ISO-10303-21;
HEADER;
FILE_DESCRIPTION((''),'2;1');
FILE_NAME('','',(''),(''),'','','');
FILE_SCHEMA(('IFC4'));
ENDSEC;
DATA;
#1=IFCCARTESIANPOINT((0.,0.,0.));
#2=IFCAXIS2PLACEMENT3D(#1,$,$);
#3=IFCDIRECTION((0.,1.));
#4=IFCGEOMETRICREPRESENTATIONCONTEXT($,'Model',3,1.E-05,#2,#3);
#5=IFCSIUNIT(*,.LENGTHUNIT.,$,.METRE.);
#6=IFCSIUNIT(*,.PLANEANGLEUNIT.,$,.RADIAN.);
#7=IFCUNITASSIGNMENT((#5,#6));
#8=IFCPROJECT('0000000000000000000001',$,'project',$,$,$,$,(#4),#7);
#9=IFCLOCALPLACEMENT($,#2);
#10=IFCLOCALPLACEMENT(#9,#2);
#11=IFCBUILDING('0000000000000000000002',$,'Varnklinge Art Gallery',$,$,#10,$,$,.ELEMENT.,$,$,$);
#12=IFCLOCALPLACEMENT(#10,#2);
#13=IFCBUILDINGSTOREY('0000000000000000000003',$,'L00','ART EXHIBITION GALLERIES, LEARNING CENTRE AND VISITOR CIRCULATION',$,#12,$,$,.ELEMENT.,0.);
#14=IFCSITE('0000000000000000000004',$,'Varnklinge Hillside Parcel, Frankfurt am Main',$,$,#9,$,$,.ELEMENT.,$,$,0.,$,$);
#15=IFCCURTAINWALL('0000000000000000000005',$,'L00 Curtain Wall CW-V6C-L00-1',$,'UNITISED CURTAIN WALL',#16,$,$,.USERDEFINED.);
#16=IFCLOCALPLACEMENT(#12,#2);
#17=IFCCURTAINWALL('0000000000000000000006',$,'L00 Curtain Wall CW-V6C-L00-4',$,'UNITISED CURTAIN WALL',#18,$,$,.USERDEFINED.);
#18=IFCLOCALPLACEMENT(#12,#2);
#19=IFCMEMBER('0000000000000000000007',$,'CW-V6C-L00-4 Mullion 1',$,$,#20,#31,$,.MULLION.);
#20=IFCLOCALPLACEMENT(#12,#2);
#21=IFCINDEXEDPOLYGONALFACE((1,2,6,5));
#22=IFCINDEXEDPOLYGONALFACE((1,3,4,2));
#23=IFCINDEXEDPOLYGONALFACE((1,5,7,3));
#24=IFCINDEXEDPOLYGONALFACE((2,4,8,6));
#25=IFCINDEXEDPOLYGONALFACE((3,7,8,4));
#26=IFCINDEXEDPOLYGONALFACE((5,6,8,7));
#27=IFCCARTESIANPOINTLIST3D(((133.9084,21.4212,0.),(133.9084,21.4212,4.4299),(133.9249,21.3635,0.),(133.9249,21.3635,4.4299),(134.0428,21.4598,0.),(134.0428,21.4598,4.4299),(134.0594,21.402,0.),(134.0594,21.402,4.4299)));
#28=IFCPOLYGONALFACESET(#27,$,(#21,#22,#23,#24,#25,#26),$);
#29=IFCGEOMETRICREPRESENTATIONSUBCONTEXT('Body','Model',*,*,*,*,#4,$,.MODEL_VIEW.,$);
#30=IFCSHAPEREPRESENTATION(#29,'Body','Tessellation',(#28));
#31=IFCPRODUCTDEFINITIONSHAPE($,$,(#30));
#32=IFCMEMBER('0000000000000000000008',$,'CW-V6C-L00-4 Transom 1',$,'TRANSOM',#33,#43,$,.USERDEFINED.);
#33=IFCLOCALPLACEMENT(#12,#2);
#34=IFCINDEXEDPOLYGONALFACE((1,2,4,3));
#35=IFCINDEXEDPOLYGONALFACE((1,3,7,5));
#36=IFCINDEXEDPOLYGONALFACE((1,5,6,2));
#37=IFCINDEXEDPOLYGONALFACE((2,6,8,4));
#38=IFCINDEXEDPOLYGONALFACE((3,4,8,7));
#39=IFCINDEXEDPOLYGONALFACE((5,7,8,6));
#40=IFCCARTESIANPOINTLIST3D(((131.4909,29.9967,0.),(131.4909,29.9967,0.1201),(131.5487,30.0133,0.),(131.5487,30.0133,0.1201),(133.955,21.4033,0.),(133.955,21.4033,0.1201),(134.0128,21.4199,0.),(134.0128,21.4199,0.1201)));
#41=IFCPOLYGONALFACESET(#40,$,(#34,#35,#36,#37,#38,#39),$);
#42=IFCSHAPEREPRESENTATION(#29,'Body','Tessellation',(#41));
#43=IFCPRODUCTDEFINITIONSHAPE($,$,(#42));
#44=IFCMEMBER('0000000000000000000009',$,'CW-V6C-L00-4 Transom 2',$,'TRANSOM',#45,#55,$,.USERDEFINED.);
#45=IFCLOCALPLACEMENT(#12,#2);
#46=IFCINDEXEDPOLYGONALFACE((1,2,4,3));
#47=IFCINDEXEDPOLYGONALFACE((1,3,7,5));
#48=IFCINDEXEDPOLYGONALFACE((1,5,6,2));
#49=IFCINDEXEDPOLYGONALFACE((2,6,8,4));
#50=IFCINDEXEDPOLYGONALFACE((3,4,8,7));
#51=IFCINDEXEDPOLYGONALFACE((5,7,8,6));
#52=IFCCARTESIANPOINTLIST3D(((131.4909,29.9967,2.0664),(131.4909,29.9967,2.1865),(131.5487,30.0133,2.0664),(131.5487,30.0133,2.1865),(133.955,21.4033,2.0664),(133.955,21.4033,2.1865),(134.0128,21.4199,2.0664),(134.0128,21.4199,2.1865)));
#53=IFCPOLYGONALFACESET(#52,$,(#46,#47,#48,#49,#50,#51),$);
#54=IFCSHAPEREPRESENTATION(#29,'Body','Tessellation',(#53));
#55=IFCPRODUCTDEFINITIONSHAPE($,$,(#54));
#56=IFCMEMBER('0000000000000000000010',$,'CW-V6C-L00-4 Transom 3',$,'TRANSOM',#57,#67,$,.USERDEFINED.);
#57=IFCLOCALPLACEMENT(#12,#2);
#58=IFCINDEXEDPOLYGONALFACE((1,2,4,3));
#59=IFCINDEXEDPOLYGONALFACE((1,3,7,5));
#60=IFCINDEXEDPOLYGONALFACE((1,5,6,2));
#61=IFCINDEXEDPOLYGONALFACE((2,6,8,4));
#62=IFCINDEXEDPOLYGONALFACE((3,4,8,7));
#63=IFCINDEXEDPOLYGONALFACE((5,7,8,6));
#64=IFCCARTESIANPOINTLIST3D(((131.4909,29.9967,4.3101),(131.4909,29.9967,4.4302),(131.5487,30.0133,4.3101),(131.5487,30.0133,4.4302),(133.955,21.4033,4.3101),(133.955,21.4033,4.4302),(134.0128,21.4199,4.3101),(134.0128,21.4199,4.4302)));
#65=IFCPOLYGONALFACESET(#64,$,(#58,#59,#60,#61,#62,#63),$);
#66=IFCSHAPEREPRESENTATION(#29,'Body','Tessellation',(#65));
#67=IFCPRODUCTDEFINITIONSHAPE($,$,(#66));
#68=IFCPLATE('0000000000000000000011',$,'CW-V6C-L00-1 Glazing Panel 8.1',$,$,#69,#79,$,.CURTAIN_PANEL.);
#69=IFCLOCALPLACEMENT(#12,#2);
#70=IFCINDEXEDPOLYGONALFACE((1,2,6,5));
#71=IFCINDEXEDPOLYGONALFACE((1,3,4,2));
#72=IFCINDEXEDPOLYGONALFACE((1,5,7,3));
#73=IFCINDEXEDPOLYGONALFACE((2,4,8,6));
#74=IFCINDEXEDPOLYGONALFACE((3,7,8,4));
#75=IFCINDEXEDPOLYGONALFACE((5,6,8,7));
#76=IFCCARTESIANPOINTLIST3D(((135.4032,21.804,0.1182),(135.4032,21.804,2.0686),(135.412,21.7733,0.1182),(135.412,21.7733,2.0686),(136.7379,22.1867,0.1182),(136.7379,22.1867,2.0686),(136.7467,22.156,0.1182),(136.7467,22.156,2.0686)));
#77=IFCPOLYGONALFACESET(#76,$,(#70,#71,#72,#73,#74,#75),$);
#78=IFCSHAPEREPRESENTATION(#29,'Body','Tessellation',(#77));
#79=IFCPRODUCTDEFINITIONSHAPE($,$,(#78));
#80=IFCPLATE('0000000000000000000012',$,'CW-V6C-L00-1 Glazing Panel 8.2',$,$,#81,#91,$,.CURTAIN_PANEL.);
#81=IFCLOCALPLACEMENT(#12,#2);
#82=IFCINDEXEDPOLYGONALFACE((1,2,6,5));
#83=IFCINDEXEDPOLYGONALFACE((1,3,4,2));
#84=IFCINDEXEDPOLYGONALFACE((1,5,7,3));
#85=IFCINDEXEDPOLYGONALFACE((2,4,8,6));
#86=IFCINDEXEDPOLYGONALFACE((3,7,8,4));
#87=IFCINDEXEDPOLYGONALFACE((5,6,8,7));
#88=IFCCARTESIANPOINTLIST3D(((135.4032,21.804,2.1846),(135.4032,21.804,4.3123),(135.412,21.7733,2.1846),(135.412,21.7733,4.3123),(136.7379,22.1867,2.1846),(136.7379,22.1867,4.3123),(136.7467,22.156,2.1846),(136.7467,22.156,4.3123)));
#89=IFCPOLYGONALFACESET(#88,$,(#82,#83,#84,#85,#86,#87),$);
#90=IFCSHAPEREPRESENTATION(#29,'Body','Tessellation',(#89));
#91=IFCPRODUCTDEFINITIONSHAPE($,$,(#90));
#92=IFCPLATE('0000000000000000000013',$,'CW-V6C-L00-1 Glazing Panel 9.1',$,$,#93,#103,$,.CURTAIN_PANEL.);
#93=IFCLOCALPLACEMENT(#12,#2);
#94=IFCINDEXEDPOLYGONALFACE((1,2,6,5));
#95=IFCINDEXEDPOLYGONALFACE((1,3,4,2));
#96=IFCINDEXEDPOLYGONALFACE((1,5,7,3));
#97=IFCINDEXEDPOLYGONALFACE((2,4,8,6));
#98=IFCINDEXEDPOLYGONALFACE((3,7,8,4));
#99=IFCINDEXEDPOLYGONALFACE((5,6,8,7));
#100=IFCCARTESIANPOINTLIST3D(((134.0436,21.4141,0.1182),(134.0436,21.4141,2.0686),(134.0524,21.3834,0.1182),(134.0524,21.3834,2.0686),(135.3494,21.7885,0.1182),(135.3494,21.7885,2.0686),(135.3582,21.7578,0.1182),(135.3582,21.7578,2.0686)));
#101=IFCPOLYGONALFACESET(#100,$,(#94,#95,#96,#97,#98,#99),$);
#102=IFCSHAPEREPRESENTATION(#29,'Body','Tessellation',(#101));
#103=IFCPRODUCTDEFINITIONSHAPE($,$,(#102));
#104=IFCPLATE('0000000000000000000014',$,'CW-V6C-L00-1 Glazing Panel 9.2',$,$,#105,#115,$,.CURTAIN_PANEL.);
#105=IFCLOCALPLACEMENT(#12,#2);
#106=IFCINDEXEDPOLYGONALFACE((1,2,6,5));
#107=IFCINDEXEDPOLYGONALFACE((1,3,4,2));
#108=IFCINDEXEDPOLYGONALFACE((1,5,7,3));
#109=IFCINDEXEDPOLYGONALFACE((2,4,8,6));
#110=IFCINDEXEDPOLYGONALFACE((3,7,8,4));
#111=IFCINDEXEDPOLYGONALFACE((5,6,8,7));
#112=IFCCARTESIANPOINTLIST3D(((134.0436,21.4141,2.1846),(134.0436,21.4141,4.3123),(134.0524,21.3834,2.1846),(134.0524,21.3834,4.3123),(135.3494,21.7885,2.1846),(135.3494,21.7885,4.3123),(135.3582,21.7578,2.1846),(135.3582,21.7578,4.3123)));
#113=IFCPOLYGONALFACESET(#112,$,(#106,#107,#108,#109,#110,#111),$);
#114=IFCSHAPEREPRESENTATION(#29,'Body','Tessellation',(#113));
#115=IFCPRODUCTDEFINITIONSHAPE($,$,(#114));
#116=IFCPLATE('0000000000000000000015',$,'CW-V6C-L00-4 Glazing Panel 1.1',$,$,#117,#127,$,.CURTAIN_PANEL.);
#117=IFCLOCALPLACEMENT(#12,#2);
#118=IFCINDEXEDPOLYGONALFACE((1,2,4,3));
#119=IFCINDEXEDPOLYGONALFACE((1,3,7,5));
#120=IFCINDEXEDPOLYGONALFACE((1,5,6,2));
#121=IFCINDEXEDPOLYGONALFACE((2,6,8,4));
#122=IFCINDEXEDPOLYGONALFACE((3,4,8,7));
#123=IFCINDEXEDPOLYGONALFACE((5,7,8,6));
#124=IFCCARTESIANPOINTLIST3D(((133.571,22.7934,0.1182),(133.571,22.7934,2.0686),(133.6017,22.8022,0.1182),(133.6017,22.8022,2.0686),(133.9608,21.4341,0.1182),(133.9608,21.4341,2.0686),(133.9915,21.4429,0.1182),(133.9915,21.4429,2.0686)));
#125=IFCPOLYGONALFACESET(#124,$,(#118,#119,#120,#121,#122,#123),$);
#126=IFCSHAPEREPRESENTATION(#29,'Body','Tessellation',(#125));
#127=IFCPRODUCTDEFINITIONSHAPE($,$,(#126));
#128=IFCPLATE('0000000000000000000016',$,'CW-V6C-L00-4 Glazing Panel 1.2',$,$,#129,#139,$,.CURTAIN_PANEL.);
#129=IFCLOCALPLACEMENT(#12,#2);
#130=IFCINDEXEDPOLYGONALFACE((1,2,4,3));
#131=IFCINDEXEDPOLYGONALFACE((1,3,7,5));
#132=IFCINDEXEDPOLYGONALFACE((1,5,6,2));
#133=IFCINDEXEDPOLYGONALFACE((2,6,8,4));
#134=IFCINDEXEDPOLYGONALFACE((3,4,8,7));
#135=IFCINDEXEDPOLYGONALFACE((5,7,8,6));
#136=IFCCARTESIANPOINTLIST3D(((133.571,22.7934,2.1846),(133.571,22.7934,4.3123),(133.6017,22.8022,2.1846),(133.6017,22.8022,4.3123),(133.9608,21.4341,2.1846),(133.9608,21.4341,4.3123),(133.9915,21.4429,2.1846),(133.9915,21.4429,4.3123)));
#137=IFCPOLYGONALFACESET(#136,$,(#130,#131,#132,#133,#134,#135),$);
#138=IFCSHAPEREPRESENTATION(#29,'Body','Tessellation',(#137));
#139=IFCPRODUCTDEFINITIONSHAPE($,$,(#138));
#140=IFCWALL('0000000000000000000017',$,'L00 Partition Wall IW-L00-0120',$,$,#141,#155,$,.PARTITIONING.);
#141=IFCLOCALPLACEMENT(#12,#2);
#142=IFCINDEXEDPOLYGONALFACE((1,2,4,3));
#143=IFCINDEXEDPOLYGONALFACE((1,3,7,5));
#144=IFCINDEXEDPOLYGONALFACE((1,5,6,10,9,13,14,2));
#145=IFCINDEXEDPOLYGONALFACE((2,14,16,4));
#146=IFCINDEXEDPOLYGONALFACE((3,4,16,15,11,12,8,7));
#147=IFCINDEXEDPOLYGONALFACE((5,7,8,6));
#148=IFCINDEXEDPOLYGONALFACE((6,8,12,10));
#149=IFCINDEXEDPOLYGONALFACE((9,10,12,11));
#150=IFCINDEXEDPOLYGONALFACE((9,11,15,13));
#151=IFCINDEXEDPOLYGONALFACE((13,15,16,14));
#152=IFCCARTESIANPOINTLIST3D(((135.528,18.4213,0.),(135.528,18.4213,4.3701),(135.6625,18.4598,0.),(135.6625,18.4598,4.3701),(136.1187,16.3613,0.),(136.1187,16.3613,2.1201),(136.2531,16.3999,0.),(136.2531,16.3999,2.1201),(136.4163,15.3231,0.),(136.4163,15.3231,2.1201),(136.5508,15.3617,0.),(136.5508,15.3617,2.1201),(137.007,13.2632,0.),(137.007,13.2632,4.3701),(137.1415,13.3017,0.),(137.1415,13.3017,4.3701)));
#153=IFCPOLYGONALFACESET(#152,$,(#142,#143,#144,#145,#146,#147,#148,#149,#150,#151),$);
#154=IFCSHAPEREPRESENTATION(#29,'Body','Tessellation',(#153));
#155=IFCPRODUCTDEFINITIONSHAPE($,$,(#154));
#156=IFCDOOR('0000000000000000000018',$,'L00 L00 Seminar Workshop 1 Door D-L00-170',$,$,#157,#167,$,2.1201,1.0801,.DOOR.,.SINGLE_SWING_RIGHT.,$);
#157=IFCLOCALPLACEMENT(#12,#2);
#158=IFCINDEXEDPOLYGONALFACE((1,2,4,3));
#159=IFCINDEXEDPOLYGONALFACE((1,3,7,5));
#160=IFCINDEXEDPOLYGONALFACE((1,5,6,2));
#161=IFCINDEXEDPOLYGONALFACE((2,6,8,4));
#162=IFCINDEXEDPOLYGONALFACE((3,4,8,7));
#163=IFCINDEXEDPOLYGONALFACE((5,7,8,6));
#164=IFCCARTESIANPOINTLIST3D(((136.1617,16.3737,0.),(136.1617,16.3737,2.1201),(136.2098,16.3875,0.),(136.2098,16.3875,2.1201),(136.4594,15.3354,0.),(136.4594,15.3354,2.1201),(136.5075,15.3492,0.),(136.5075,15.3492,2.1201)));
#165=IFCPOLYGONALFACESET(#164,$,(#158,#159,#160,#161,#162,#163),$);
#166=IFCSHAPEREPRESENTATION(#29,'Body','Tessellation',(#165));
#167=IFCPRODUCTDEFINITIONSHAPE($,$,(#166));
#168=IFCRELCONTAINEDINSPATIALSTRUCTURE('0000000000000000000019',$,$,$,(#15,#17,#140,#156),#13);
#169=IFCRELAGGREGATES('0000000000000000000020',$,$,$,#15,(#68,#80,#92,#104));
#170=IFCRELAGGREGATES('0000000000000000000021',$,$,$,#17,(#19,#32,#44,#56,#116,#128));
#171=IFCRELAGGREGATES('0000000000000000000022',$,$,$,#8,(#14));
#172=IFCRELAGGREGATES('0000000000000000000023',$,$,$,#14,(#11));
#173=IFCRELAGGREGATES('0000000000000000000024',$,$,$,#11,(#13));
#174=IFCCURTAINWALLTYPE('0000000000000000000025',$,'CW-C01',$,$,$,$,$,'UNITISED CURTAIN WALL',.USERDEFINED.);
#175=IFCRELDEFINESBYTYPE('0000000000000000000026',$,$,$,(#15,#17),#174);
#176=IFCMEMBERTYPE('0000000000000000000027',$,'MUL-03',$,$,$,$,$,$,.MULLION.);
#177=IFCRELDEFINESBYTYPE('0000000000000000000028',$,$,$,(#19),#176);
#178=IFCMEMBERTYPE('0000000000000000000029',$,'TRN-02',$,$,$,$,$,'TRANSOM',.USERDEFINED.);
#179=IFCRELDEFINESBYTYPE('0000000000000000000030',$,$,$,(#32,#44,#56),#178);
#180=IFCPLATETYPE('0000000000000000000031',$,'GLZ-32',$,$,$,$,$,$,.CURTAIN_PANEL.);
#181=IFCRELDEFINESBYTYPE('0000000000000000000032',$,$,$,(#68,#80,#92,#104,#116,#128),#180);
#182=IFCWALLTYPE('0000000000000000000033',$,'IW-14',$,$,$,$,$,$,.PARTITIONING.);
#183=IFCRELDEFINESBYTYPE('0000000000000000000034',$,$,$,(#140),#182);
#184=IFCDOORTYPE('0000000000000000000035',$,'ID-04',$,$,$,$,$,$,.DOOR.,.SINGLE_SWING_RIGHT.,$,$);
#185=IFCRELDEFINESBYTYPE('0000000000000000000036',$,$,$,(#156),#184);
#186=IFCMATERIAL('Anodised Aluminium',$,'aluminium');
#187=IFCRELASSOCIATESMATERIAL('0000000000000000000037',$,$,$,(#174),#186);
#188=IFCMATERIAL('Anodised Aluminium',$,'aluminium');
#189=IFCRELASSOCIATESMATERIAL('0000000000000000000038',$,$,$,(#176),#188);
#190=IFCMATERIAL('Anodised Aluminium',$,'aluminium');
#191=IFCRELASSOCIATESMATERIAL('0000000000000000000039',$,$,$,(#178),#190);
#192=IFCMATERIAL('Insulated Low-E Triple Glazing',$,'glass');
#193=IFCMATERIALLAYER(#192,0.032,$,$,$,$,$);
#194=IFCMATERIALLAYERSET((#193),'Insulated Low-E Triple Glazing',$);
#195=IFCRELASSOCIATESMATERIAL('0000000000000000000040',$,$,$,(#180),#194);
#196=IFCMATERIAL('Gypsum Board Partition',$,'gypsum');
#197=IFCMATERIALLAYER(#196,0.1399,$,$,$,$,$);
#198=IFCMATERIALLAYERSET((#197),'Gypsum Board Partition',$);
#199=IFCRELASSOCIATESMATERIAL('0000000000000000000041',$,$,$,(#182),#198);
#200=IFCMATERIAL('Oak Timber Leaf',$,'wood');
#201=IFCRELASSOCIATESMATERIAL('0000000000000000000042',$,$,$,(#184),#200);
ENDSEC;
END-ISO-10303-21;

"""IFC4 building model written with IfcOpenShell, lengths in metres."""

from ifc_helpers import new_model, si_unit, direction, frame, frame_2d, origin, origin_2d, place, context, subcontext, project, spatial, rectangle, extrude, material, layer, layer_set, material_profile, profile_set, type_object, element, fill, aggregate, save


model = new_model("IFC4")

# Units and contexts
model_context = context("Model", 3, precision=1e-05, world=origin(), true_north=direction((0.0, 1.0)))
body_context = subcontext(model_context, "Body", "Model", "MODEL_VIEW")
ifc_project = project(units=[si_unit("LENGTHUNIT", "METRE"), si_unit("PLANEANGLEUNIT", "RADIAN")], contexts=[model_context])

# Site, building, storey
site_placement = place(None, origin())
site = spatial("IfcSite", under=ifc_project, at=site_placement, Name="Varnklinge Hillside Parcel, Frankfurt am Main", CompositionType="ELEMENT", RefElevation=0.0)
building_placement = place(site_placement, origin())
building = spatial("IfcBuilding", under=site, at=building_placement, Name="Varnklinge Art Gallery", CompositionType="ELEMENT")
storey_placement = place(building_placement, origin())
storey = spatial("IfcBuildingStorey", under=building, at=storey_placement, Name="L00", Description="ART EXHIBITION GALLERIES, LEARNING CENTRE AND VISITOR CIRCULATION", CompositionType="ELEMENT", Elevation=0.0)

# Curtain walls, members
ifc_material_1 = material(Name="Anodised Aluminium", Category="aluminium")
curtain_wall_type = type_object("IfcCurtainWallType", Name="CW-C01", ElementType="UNITISED CURTAIN WALL", PredefinedType="USERDEFINED", material=ifc_material_1)
curtain_wall_1_placement = place(storey_placement, origin())
curtain_wall_1 = element("IfcCurtainWall", 1, at=curtain_wall_1_placement, inside=storey, type_object=curtain_wall_type, Name="L00 Curtain Wall CW-V6C-L00-1", ObjectType="UNITISED CURTAIN WALL", PredefinedType="USERDEFINED")
ifc_material_2 = material(Name="Anodised Aluminium", Category="aluminium")
ifc_material_profile_1 = material_profile(ifc_material_2, rectangle(XDim=0.0601, YDim=0.1399, at=origin_2d()), Name="ALU 60x140")
ifc_profile_set_1 = profile_set([ifc_material_profile_1], Name="Anodised Aluminium")
member_type_1 = type_object("IfcMemberType", Name="MUL-03", PredefinedType="MULLION", material=ifc_profile_set_1)
curtain_wall_2_placement = place(storey_placement, origin())
curtain_wall_2 = element("IfcCurtainWall", 2, at=curtain_wall_2_placement, inside=storey, type_object=curtain_wall_type, Name="L00 Curtain Wall CW-V6C-L00-4", ObjectType="UNITISED CURTAIN WALL", PredefinedType="USERDEFINED")
member_1_placement = place(storey_placement, frame((133.9839, 21.4116, 0.0), z_axis=(0.0, 0.0, 1.0), x_axis=(-0.275637, 0.961262, 0.0)))
member_1 = element("IfcMember", 3, at=member_1_placement, type_object=member_type_1, Name="CW-V6C-L00-4 Mullion 1", PredefinedType="MULLION", context=body_context, shape_type="SweptSolid", body=[
    extrude(rectangle(XDim=0.0601, YDim=0.1399, at=origin_2d()), origin(), (0.0, 0.0, 1.0), 4.4299),
])
ifc_material_3 = material(Name="Anodised Aluminium", Category="aluminium")
ifc_material_profile_2 = material_profile(ifc_material_3, rectangle(XDim=0.0601, YDim=0.1201, at=origin_2d()), Name="ALU 60x120")
ifc_profile_set_2 = profile_set([ifc_material_profile_2], Name="Anodised Aluminium")
member_type_2 = type_object("IfcMemberType", Name="TRN-02", ElementType="TRANSOM", PredefinedType="USERDEFINED", material=ifc_profile_set_2)
member_2_placement = place(storey_placement, frame((133.9839, 21.4116, 0.0601), z_axis=(-0.275634, 0.961263, 0.0), x_axis=(-0.961263, -0.275634, 0.0)))
member_2 = element("IfcMember", 4, at=member_2_placement, type_object=member_type_2, Name="CW-V6C-L00-4 Transom 1", ObjectType="TRANSOM", PredefinedType="USERDEFINED", context=body_context, shape_type="SweptSolid", body=[
    extrude(rectangle(XDim=0.0601, YDim=0.1201, at=origin_2d()), origin(), (0.0, 0.0, 1.0), 8.9397),
])
member_3_placement = place(storey_placement, frame((133.9839, 21.4116, 2.1265), z_axis=(-0.275634, 0.961263, 0.0), x_axis=(-0.961263, -0.275634, 0.0)))
member_3 = element("IfcMember", 5, at=member_3_placement, type_object=member_type_2, Name="CW-V6C-L00-4 Transom 2", ObjectType="TRANSOM", PredefinedType="USERDEFINED", context=body_context, shape_type="SweptSolid", body=[
    extrude(rectangle(XDim=0.0601, YDim=0.1201, at=origin_2d()), origin(), (0.0, 0.0, 1.0), 8.9397),
])
member_4_placement = place(storey_placement, frame((133.9839, 21.4116, 4.3701), z_axis=(-0.275634, 0.961263, 0.0), x_axis=(-0.961263, -0.275634, 0.0)))
member_4 = element("IfcMember", 6, at=member_4_placement, type_object=member_type_2, Name="CW-V6C-L00-4 Transom 3", ObjectType="TRANSOM", PredefinedType="USERDEFINED", context=body_context, shape_type="SweptSolid", body=[
    extrude(rectangle(XDim=0.0601, YDim=0.1201, at=origin_2d()), origin(), (0.0, 0.0, 1.0), 8.9397),
])

# Plates
ifc_material_4 = material(Name="Insulated Low-E Triple Glazing", Category="glass")
ifc_layer_1 = layer(ifc_material_4, 0.032)
ifc_layer_set_1 = layer_set([ifc_layer_1], Name="Insulated Low-E Triple Glazing")
plate_type = type_object("IfcPlateType", Name="GLZ-32", PredefinedType="CURTAIN_PANEL", material=ifc_layer_set_1)
plate_1_placement = place(storey_placement, frame((136.075, 21.98, 0.1182), z_axis=(0.0, 0.0, 1.0), x_axis=(-0.961262, -0.275637, 0.0)))
plate_1 = element("IfcPlate", 7, at=plate_1_placement, type_object=plate_type, Name="CW-V6C-L00-1 Glazing Panel 8.1", PredefinedType="CURTAIN_PANEL", context=body_context, shape_type="SweptSolid", body=[
    extrude(rectangle(XDim=1.3884, YDim=0.032, at=origin_2d()), origin(), (0.0, 0.0, 1.0), 1.9504),
])
plate_2_placement = place(storey_placement, frame((136.075, 21.98, 2.1846), z_axis=(0.0, 0.0, 1.0), x_axis=(-0.961262, -0.275637, 0.0)))
plate_2 = element("IfcPlate", 8, at=plate_2_placement, type_object=plate_type, Name="CW-V6C-L00-1 Glazing Panel 8.2", PredefinedType="CURTAIN_PANEL", context=body_context, shape_type="SweptSolid", body=[
    extrude(rectangle(XDim=1.3884, YDim=0.032, at=origin_2d()), origin(), (0.0, 0.0, 1.0), 2.1277),
])
plate_3_placement = place(storey_placement, frame((134.7009, 21.5859, 0.1182), z_axis=(0.0, 0.0, 1.0), x_axis=(-0.961262, -0.275637, 0.0)))
plate_3 = element("IfcPlate", 9, at=plate_3_placement, type_object=plate_type, Name="CW-V6C-L00-1 Glazing Panel 9.1", PredefinedType="CURTAIN_PANEL", context=body_context, shape_type="SweptSolid", body=[
    extrude(rectangle(XDim=1.3584, YDim=0.032, at=origin_2d()), origin(), (0.0, 0.0, 1.0), 1.9504),
])
plate_4_placement = place(storey_placement, frame((134.7009, 21.5859, 2.1846), z_axis=(0.0, 0.0, 1.0), x_axis=(-0.961262, -0.275637, 0.0)))
plate_4 = element("IfcPlate", 10, at=plate_4_placement, type_object=plate_type, Name="CW-V6C-L00-1 Glazing Panel 9.2", PredefinedType="CURTAIN_PANEL", context=body_context, shape_type="SweptSolid", body=[
    extrude(rectangle(XDim=1.3584, YDim=0.032, at=origin_2d()), origin(), (0.0, 0.0, 1.0), 2.1277),
])
aggregate(curtain_wall_1, [plate_1, plate_2, plate_3, plate_4])
plate_5_placement = place(storey_placement, frame((133.7812, 22.1182, 0.1182), z_axis=(0.0, 0.0, 1.0), x_axis=(-0.275637, 0.961262, 0.0)))
plate_5 = element("IfcPlate", 11, at=plate_5_placement, type_object=plate_type, Name="CW-V6C-L00-4 Glazing Panel 1.1", PredefinedType="CURTAIN_PANEL", context=body_context, shape_type="SweptSolid", body=[
    extrude(rectangle(XDim=1.4141, YDim=0.032, at=origin_2d()), origin(), (0.0, 0.0, 1.0), 1.9504),
])
plate_6_placement = place(storey_placement, frame((133.7812, 22.1182, 2.1846), z_axis=(0.0, 0.0, 1.0), x_axis=(-0.275637, 0.961262, 0.0)))
plate_6 = element("IfcPlate", 12, at=plate_6_placement, type_object=plate_type, Name="CW-V6C-L00-4 Glazing Panel 1.2", PredefinedType="CURTAIN_PANEL", context=body_context, shape_type="SweptSolid", body=[
    extrude(rectangle(XDim=1.4141, YDim=0.032, at=origin_2d()), origin(), (0.0, 0.0, 1.0), 2.1277),
])
aggregate(curtain_wall_2, [member_1, member_2, member_3, member_4, plate_5, plate_6])

# Wall, opening, door
ifc_material_5 = material(Name="Gypsum Board Partition", Category="gypsum")
ifc_layer_2 = layer(ifc_material_5, 0.1399)
ifc_layer_set_2 = layer_set([ifc_layer_2], Name="Gypsum Board Partition")
wall_type = type_object("IfcWallType", Name="IW-14", PredefinedType="PARTITIONING", material=ifc_layer_set_2)
wall_placement = place(storey_placement, frame((135.5952, 18.4407, 0.0), z_axis=(0.0, 0.0, 1.0), x_axis=(0.275622, -0.961266, 0.0)))
wall = element("IfcWall", 13, at=wall_placement, inside=storey, type_object=wall_type, Name="L00 Partition Wall IW-L00-0120", PredefinedType="PARTITIONING", context=body_context, shape_type="SweptSolid", body=[
    extrude(rectangle(XDim=5.366, YDim=0.1399, at=frame_2d((2.6831, 0.0))), origin(), (0.0, 0.0, 1.0), 4.3701),
])
opening_placement = place(wall_placement, frame((2.1431, 0.0, 0.0)))
opening = element("IfcOpeningElement", 14, at=opening_placement, cuts=wall, PredefinedType="OPENING", context=body_context, shape_type="SweptSolid", body=[
    extrude(rectangle(XDim=1.0801, YDim=2.1201, at=frame_2d((0.54, 1.0601))), frame((0.0, 0.0798, 0.0), z_axis=(0.0, -1.0, 0.0), x_axis=(1.0, 0.0, 0.0)), (0.0, 0.0, 1.0), 0.1599),
])
ifc_material_6 = material(Name="Oak Timber Leaf", Category="wood")
door_type = type_object("IfcDoorType", Name="ID-04", OperationType="SINGLE_SWING_RIGHT", PredefinedType="DOOR", material=ifc_material_6)
door_placement = place(opening_placement, origin())
door = element("IfcDoor", 15, at=door_placement, inside=storey, type_object=door_type, Name="L00 L00 Seminar Workshop 1 Door D-L00-170", OperationType="SINGLE_SWING_RIGHT", OverallHeight=2.1201, OverallWidth=1.0801, PredefinedType="DOOR", context=body_context, shape_type="SweptSolid", body=[
    extrude(rectangle(XDim=1.0801, YDim=2.1201, at=frame_2d((0.54, 1.0601))), frame((0.0, 0.0249, 0.0), z_axis=(0.0, -1.0, 0.0), x_axis=(1.0, 0.0, 0.0)), (0.0, 0.0, 1.0), 0.05),
])
fill(opening, door)

save(model, "model.ifc")
